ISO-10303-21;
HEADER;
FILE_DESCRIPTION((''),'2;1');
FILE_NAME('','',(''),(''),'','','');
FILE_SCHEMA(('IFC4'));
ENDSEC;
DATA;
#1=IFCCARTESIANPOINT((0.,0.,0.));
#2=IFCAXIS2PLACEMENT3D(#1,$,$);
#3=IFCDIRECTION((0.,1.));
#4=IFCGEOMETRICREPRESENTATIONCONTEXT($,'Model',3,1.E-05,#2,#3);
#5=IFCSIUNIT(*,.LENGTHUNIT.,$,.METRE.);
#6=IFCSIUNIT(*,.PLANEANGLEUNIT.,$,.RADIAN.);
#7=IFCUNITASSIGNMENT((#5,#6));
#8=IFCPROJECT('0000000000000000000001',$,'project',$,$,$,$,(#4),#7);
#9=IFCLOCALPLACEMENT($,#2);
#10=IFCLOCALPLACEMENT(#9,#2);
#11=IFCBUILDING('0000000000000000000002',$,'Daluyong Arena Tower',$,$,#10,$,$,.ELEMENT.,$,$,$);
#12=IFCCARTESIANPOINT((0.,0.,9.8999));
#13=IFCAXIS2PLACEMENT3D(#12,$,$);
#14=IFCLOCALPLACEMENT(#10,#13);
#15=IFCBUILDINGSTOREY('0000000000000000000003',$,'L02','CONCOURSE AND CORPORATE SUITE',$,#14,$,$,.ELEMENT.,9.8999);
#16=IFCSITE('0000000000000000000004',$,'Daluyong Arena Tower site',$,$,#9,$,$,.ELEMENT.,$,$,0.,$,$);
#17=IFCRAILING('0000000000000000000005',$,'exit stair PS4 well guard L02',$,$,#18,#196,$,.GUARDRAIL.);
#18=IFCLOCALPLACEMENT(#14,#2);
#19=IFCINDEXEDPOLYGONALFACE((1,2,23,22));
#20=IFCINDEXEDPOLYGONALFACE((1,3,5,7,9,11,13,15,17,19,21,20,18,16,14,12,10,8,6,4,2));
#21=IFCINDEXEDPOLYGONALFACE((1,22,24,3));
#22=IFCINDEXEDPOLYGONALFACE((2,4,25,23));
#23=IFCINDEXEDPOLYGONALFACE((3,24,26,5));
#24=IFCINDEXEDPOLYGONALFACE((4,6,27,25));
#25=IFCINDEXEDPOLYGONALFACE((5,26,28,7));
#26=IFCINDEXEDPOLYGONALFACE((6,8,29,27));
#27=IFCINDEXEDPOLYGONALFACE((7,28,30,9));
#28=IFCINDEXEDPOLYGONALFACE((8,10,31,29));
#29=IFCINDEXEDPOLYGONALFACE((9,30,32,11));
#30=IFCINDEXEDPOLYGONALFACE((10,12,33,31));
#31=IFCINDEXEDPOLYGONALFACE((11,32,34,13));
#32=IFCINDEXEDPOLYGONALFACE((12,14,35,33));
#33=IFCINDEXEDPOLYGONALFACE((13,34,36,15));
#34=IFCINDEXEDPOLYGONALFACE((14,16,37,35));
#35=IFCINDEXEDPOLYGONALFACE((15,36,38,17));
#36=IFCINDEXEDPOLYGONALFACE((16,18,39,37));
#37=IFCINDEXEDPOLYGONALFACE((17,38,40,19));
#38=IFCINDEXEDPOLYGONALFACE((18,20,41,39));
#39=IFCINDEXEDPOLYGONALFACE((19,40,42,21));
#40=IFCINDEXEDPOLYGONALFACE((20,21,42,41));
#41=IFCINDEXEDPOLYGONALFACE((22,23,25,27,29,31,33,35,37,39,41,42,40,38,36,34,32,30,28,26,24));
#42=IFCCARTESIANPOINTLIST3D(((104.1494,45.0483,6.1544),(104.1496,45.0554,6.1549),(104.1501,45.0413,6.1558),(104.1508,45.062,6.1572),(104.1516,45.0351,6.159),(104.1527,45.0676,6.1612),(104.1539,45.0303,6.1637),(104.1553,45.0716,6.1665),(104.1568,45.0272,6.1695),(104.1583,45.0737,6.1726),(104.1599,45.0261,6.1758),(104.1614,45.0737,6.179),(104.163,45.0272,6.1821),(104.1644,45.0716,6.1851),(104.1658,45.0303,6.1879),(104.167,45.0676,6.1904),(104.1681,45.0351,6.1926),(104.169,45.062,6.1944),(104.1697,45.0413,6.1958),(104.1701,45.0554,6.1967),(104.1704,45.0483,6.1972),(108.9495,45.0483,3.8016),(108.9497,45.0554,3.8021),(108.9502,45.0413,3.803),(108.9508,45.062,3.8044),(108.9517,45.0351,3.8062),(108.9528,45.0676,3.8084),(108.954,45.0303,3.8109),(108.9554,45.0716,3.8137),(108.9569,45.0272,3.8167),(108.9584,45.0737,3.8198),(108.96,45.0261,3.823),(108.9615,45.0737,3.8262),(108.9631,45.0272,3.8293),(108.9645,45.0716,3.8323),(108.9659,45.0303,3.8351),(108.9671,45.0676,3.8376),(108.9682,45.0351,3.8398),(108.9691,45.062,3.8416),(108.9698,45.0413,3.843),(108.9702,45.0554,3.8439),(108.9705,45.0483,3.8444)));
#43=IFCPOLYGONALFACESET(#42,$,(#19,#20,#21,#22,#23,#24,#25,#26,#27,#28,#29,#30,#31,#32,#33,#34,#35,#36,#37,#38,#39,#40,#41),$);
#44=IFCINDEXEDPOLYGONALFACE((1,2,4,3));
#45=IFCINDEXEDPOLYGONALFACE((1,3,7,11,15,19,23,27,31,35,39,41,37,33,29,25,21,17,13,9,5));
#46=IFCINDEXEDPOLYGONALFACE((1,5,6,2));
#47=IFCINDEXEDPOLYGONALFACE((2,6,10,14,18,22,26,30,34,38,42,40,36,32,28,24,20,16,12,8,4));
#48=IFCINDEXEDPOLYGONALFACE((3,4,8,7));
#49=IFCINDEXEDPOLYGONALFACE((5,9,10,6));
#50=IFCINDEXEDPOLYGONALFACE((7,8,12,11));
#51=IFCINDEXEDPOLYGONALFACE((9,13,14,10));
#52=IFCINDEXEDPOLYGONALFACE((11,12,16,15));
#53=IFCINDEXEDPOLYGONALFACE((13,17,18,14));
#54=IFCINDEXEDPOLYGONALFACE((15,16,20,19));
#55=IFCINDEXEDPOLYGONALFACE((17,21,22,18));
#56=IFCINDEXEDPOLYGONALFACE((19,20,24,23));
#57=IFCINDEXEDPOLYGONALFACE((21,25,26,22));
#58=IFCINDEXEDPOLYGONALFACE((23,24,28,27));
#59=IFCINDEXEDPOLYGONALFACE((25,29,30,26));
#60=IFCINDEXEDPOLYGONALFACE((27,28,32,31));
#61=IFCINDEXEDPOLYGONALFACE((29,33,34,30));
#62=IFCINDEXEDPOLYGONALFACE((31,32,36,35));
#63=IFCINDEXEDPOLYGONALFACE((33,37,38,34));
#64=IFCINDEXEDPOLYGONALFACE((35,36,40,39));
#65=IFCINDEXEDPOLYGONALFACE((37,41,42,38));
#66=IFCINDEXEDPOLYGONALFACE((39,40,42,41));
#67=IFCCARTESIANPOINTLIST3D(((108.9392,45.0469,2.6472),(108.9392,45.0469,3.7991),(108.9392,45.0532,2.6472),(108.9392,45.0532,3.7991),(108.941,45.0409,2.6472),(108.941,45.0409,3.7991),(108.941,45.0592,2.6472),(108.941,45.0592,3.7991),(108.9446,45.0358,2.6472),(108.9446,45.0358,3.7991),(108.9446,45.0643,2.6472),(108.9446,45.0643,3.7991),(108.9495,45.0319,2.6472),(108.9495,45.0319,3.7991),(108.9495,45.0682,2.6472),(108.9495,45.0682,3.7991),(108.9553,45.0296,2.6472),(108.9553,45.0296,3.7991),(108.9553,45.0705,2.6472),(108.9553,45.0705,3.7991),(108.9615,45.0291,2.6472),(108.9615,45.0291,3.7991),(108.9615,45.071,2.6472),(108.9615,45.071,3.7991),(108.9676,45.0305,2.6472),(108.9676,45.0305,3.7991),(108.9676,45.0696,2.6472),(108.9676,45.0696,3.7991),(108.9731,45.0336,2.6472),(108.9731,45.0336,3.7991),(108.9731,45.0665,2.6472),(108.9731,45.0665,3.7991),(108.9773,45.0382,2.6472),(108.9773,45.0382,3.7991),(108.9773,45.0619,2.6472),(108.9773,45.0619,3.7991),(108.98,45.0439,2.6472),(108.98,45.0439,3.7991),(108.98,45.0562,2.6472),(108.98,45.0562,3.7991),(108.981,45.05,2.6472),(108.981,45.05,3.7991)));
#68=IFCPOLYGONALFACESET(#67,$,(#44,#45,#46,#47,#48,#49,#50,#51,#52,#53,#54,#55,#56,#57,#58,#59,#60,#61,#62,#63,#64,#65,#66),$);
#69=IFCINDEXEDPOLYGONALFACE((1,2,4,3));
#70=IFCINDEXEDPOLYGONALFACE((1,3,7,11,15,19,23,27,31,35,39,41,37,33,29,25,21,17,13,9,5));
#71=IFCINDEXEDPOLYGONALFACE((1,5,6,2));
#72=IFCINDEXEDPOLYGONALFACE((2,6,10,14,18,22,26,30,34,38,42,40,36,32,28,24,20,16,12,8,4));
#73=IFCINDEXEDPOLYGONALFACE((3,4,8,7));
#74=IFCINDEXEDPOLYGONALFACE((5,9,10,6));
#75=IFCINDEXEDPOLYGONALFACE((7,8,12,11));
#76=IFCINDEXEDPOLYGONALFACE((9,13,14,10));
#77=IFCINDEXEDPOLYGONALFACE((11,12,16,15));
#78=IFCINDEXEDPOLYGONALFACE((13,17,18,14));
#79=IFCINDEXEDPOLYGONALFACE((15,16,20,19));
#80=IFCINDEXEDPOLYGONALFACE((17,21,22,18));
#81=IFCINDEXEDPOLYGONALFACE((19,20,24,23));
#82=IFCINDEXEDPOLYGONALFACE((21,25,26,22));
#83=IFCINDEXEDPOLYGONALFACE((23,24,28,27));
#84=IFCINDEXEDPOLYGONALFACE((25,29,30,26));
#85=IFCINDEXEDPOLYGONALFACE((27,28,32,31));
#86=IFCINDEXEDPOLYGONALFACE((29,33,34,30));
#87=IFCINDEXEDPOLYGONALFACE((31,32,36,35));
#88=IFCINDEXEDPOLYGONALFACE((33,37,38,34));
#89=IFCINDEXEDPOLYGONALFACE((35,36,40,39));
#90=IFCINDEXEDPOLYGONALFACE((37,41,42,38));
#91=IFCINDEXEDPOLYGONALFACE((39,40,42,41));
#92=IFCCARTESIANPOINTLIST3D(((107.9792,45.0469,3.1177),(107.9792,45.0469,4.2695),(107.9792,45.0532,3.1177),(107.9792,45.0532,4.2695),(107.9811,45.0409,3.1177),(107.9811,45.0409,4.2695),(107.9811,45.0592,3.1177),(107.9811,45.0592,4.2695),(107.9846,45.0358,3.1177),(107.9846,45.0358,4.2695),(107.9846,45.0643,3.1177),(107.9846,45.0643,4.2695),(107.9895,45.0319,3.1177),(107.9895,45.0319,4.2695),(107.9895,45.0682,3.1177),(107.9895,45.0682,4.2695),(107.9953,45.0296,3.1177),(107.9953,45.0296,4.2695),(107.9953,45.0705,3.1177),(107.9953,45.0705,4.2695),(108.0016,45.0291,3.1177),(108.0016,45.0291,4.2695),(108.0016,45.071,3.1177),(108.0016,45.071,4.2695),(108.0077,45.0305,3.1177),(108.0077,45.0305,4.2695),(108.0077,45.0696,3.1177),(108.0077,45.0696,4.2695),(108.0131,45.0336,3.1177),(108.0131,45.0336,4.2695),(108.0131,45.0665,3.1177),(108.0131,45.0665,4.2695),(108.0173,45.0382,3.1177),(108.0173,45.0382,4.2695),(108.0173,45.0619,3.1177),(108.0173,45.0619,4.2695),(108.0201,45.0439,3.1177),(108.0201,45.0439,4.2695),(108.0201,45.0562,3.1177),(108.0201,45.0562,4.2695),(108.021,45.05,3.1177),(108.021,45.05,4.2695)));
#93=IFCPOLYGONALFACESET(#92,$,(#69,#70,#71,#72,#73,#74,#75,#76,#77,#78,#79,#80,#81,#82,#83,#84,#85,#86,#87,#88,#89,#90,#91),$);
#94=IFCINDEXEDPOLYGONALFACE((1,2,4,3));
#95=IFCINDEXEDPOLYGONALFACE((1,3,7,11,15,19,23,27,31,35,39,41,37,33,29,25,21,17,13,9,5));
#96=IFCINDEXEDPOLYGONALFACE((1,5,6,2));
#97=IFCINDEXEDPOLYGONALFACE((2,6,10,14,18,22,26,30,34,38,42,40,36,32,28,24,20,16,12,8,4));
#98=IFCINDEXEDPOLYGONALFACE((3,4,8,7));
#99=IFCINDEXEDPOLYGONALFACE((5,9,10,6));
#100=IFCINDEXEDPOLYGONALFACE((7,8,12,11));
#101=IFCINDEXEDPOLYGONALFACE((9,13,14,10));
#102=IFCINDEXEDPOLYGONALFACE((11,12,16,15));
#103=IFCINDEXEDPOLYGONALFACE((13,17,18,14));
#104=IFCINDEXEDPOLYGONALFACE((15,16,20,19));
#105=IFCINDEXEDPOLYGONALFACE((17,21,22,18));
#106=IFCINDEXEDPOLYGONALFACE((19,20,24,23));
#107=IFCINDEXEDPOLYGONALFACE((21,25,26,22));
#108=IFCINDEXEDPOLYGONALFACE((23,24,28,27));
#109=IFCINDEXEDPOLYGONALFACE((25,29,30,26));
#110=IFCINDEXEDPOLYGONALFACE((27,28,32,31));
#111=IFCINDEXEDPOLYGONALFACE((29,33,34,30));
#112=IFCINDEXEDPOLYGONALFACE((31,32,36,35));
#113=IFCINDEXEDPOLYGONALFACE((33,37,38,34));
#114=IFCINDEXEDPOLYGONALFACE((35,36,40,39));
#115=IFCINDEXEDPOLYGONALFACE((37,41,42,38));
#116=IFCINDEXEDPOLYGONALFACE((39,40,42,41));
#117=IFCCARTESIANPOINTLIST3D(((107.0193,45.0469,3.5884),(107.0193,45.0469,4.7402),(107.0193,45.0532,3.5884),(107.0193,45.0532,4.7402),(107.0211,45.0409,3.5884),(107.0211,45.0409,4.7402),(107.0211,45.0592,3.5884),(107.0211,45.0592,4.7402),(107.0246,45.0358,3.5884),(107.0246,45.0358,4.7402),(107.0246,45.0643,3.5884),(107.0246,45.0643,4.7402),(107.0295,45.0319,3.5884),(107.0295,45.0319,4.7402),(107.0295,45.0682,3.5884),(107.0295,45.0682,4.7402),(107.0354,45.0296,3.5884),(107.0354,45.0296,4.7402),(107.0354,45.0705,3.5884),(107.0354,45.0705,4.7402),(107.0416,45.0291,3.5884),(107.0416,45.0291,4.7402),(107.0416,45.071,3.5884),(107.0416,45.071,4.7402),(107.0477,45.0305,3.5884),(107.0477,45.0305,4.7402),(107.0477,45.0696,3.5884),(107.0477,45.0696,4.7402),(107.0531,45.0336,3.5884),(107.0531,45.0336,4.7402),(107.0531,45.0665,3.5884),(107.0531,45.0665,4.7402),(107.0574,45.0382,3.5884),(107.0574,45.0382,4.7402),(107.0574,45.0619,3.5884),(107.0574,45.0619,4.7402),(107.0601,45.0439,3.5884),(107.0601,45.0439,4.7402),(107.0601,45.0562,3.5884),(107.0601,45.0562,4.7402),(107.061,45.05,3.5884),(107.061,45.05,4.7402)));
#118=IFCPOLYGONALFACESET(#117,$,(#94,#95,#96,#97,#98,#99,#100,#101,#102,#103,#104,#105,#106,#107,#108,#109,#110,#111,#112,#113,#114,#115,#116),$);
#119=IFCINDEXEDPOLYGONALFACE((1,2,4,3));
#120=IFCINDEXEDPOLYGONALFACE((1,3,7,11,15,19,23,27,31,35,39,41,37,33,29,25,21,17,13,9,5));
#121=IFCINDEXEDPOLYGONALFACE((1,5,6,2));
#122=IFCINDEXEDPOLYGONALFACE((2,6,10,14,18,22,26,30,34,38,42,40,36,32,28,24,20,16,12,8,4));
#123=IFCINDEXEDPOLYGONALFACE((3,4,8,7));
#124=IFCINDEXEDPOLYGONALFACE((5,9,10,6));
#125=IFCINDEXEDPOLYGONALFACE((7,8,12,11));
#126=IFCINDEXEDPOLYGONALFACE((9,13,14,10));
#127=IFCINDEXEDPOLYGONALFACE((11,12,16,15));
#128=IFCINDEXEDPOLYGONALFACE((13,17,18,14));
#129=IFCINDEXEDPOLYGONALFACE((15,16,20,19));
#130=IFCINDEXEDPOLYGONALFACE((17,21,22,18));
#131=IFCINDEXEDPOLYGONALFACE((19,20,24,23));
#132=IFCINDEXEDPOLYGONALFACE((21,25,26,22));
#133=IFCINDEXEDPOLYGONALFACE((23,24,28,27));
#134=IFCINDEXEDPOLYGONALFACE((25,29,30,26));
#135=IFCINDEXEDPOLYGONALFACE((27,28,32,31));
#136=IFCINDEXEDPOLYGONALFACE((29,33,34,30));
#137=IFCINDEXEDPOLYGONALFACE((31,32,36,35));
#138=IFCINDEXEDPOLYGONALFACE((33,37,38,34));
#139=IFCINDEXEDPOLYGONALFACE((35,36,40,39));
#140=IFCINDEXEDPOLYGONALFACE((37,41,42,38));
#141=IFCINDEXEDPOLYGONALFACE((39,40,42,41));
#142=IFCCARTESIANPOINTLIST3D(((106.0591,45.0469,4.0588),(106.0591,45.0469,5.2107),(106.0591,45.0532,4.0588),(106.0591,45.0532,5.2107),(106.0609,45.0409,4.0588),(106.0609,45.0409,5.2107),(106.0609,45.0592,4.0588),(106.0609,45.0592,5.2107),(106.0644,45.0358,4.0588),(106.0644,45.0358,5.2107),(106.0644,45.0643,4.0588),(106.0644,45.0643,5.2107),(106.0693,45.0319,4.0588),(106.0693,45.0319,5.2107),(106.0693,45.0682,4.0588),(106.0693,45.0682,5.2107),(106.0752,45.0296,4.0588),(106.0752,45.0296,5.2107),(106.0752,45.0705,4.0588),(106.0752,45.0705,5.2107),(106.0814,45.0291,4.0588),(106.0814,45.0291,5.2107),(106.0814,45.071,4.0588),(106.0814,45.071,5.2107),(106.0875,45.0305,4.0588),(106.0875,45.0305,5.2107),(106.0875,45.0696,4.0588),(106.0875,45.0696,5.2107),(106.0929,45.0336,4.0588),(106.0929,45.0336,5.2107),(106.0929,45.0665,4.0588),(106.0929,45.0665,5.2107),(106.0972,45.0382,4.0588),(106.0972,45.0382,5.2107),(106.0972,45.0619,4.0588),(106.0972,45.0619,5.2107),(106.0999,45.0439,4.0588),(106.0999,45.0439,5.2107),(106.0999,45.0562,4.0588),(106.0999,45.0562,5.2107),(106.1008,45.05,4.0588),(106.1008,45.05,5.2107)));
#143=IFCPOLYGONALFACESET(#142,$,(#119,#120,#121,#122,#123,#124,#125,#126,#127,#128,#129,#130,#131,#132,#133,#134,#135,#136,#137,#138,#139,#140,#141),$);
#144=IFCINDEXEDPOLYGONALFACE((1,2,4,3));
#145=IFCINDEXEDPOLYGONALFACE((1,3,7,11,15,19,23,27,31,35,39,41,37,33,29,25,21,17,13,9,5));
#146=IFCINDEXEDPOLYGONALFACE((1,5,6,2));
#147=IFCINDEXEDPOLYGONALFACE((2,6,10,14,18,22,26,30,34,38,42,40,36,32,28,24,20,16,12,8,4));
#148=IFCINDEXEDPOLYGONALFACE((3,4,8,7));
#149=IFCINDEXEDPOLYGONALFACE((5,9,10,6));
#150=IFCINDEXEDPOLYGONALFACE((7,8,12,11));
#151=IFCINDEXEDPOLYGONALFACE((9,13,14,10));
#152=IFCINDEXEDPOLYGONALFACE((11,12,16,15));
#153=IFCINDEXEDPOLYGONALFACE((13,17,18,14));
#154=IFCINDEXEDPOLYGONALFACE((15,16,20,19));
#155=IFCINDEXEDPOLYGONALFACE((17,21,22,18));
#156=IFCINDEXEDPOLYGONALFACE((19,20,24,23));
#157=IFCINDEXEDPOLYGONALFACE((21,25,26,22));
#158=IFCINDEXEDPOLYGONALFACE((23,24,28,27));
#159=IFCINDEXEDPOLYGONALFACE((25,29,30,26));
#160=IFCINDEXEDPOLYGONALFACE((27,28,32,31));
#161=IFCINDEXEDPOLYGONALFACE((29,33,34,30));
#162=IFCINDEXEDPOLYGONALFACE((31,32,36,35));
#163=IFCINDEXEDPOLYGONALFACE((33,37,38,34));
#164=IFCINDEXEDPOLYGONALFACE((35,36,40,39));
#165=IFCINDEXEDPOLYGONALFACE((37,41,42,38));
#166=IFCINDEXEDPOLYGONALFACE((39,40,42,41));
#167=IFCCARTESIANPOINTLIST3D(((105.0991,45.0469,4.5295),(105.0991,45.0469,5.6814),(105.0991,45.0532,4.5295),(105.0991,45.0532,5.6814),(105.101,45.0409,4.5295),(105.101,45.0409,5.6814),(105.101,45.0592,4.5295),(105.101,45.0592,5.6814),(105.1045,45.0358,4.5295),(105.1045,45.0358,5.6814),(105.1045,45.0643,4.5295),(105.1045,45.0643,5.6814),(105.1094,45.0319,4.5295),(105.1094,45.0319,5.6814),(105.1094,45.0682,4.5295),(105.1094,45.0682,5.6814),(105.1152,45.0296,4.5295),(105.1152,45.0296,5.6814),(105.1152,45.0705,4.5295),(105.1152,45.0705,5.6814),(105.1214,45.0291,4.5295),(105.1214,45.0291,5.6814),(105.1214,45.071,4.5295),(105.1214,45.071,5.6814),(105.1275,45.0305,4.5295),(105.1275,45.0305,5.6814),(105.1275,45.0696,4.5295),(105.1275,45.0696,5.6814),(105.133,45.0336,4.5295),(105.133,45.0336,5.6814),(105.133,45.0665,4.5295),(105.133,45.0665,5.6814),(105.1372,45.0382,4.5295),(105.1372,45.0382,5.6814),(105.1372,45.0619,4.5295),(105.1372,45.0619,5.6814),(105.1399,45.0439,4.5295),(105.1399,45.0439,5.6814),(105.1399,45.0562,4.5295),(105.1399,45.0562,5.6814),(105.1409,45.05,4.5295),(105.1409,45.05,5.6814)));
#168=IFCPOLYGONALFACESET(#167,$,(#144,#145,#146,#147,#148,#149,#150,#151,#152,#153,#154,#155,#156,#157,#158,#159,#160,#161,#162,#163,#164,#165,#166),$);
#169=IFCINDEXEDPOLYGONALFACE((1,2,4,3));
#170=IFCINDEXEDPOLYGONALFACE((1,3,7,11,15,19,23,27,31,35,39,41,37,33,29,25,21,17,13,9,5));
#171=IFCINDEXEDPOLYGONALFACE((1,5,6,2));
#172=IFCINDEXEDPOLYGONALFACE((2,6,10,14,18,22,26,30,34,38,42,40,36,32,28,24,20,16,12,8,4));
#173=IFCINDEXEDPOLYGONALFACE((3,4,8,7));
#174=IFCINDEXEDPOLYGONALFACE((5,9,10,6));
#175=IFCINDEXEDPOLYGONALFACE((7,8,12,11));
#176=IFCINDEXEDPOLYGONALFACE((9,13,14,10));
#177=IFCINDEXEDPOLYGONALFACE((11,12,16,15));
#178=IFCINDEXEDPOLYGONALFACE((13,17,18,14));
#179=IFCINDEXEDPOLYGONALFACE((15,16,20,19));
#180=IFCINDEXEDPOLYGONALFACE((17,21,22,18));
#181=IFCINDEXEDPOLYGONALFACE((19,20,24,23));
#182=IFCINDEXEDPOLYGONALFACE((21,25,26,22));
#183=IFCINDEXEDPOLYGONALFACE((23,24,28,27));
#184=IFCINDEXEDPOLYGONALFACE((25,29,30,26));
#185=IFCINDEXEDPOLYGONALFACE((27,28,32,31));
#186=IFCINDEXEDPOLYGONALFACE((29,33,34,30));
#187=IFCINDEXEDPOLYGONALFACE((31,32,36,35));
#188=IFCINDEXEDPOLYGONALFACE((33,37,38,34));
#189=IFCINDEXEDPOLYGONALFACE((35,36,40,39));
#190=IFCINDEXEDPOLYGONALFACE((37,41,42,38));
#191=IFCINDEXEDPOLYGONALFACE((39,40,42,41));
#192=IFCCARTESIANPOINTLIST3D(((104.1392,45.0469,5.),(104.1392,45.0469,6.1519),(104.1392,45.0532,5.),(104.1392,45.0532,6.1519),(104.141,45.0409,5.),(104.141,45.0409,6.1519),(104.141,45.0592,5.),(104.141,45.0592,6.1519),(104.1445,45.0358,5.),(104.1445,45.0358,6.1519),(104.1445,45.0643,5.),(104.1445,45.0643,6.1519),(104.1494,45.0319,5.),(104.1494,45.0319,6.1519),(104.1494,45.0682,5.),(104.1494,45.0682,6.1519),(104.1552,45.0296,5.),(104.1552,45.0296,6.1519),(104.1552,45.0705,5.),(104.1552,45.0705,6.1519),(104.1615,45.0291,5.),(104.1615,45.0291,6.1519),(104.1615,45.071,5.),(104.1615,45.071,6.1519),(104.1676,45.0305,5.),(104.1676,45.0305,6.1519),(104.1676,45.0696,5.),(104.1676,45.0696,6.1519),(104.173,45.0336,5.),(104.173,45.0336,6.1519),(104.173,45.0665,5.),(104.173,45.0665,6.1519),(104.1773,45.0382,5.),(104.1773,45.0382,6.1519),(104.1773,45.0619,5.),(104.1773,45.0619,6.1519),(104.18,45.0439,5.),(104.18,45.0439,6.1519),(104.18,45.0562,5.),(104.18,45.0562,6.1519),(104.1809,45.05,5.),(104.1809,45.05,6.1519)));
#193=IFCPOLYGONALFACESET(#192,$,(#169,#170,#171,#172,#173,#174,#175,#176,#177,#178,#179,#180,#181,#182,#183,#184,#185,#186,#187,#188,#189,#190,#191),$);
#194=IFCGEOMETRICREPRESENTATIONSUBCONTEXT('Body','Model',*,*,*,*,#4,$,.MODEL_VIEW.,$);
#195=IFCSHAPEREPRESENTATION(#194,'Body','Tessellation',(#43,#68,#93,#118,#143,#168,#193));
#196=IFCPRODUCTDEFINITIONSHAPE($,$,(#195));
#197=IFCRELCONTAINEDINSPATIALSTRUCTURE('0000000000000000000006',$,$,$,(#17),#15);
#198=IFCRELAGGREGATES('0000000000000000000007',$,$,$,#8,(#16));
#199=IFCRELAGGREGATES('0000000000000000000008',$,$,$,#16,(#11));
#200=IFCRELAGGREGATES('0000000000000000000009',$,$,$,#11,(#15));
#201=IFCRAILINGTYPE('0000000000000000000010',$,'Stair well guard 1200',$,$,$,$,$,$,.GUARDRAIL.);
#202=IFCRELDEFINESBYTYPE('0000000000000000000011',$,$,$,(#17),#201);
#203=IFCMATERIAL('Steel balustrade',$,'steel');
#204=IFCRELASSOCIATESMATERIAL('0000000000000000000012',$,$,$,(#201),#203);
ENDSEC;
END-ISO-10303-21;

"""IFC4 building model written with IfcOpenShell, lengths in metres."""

from ifc_helpers import new_model, si_unit, direction, frame, origin, origin_2d, place, context, subcontext, project, spatial, circle, extrude, material, type_object, element, save


model = new_model("IFC4")

# Units and contexts
model_context = context("Model", 3, precision=1e-05, world=origin(), true_north=direction((0.0, 1.0)))
body_context = subcontext(model_context, "Body", "Model", "MODEL_VIEW")
ifc_project = project(units=[si_unit("LENGTHUNIT", "METRE"), si_unit("PLANEANGLEUNIT", "RADIAN")], contexts=[model_context])

# Site, building, storey
site_placement = place(None, origin())
site = spatial("IfcSite", under=ifc_project, at=site_placement, Name="Daluyong Arena Tower site", CompositionType="ELEMENT", RefElevation=0.0)
building_placement = place(site_placement, origin())
building = spatial("IfcBuilding", under=site, at=building_placement, Name="Daluyong Arena Tower", CompositionType="ELEMENT")
storey_placement = place(building_placement, frame((0.0, 0.0, 9.8999)))
storey = spatial("IfcBuildingStorey", under=building, at=storey_placement, Name="L02", Description="CONCOURSE AND CORPORATE SUITE", CompositionType="ELEMENT", Elevation=9.8999)

# Railing
ifc_material_1 = material(Name="Steel balustrade", Category="steel")
railing_type_1 = type_object("IfcRailingType", Name="Stair well guard 1200", PredefinedType="GUARDRAIL", material=ifc_material_1)
railing_1_placement = place(storey_placement, frame((108.96, 45.05, 2.6472)))
element("IfcRailing", 1, at=railing_1_placement, inside=storey, type_object=railing_type_1, Name="exit stair PS4 well guard L02", PredefinedType="GUARDRAIL", context=body_context, shape_type="SweptSolid", body=[
    extrude(circle(Radius=0.0239, at=origin_2d()), frame((0.0, 0.0, 1.1758), z_axis=(-0.897934, 0.0, 0.44013), x_axis=(0.0, -1.0, 0.0)), (0.0, 0.0, 1.0), 5.3457),
    extrude(circle(Radius=0.021, at=origin_2d()), origin(), (0.0, 0.0, 1.0), 1.1519),
    extrude(circle(Radius=0.021, at=origin_2d()), frame((-0.96, 0.0, 0.4705)), (0.0, 0.0, 1.0), 1.1519),
    extrude(circle(Radius=0.021, at=origin_2d()), frame((-1.9199, 0.0, 0.9412)), (0.0, 0.0, 1.0), 1.1519),
    extrude(circle(Radius=0.021, at=origin_2d()), frame((-2.8801, 0.0, 1.4116)), (0.0, 0.0, 1.0), 1.1519),
    extrude(circle(Radius=0.021, at=origin_2d()), frame((-3.8401, 0.0, 1.8823)), (0.0, 0.0, 1.0), 1.1519),
    extrude(circle(Radius=0.021, at=origin_2d()), frame((-4.8, 0.0, 2.3528)), (0.0, 0.0, 1.0), 1.1519),
])

save(model, "model.ifc")
